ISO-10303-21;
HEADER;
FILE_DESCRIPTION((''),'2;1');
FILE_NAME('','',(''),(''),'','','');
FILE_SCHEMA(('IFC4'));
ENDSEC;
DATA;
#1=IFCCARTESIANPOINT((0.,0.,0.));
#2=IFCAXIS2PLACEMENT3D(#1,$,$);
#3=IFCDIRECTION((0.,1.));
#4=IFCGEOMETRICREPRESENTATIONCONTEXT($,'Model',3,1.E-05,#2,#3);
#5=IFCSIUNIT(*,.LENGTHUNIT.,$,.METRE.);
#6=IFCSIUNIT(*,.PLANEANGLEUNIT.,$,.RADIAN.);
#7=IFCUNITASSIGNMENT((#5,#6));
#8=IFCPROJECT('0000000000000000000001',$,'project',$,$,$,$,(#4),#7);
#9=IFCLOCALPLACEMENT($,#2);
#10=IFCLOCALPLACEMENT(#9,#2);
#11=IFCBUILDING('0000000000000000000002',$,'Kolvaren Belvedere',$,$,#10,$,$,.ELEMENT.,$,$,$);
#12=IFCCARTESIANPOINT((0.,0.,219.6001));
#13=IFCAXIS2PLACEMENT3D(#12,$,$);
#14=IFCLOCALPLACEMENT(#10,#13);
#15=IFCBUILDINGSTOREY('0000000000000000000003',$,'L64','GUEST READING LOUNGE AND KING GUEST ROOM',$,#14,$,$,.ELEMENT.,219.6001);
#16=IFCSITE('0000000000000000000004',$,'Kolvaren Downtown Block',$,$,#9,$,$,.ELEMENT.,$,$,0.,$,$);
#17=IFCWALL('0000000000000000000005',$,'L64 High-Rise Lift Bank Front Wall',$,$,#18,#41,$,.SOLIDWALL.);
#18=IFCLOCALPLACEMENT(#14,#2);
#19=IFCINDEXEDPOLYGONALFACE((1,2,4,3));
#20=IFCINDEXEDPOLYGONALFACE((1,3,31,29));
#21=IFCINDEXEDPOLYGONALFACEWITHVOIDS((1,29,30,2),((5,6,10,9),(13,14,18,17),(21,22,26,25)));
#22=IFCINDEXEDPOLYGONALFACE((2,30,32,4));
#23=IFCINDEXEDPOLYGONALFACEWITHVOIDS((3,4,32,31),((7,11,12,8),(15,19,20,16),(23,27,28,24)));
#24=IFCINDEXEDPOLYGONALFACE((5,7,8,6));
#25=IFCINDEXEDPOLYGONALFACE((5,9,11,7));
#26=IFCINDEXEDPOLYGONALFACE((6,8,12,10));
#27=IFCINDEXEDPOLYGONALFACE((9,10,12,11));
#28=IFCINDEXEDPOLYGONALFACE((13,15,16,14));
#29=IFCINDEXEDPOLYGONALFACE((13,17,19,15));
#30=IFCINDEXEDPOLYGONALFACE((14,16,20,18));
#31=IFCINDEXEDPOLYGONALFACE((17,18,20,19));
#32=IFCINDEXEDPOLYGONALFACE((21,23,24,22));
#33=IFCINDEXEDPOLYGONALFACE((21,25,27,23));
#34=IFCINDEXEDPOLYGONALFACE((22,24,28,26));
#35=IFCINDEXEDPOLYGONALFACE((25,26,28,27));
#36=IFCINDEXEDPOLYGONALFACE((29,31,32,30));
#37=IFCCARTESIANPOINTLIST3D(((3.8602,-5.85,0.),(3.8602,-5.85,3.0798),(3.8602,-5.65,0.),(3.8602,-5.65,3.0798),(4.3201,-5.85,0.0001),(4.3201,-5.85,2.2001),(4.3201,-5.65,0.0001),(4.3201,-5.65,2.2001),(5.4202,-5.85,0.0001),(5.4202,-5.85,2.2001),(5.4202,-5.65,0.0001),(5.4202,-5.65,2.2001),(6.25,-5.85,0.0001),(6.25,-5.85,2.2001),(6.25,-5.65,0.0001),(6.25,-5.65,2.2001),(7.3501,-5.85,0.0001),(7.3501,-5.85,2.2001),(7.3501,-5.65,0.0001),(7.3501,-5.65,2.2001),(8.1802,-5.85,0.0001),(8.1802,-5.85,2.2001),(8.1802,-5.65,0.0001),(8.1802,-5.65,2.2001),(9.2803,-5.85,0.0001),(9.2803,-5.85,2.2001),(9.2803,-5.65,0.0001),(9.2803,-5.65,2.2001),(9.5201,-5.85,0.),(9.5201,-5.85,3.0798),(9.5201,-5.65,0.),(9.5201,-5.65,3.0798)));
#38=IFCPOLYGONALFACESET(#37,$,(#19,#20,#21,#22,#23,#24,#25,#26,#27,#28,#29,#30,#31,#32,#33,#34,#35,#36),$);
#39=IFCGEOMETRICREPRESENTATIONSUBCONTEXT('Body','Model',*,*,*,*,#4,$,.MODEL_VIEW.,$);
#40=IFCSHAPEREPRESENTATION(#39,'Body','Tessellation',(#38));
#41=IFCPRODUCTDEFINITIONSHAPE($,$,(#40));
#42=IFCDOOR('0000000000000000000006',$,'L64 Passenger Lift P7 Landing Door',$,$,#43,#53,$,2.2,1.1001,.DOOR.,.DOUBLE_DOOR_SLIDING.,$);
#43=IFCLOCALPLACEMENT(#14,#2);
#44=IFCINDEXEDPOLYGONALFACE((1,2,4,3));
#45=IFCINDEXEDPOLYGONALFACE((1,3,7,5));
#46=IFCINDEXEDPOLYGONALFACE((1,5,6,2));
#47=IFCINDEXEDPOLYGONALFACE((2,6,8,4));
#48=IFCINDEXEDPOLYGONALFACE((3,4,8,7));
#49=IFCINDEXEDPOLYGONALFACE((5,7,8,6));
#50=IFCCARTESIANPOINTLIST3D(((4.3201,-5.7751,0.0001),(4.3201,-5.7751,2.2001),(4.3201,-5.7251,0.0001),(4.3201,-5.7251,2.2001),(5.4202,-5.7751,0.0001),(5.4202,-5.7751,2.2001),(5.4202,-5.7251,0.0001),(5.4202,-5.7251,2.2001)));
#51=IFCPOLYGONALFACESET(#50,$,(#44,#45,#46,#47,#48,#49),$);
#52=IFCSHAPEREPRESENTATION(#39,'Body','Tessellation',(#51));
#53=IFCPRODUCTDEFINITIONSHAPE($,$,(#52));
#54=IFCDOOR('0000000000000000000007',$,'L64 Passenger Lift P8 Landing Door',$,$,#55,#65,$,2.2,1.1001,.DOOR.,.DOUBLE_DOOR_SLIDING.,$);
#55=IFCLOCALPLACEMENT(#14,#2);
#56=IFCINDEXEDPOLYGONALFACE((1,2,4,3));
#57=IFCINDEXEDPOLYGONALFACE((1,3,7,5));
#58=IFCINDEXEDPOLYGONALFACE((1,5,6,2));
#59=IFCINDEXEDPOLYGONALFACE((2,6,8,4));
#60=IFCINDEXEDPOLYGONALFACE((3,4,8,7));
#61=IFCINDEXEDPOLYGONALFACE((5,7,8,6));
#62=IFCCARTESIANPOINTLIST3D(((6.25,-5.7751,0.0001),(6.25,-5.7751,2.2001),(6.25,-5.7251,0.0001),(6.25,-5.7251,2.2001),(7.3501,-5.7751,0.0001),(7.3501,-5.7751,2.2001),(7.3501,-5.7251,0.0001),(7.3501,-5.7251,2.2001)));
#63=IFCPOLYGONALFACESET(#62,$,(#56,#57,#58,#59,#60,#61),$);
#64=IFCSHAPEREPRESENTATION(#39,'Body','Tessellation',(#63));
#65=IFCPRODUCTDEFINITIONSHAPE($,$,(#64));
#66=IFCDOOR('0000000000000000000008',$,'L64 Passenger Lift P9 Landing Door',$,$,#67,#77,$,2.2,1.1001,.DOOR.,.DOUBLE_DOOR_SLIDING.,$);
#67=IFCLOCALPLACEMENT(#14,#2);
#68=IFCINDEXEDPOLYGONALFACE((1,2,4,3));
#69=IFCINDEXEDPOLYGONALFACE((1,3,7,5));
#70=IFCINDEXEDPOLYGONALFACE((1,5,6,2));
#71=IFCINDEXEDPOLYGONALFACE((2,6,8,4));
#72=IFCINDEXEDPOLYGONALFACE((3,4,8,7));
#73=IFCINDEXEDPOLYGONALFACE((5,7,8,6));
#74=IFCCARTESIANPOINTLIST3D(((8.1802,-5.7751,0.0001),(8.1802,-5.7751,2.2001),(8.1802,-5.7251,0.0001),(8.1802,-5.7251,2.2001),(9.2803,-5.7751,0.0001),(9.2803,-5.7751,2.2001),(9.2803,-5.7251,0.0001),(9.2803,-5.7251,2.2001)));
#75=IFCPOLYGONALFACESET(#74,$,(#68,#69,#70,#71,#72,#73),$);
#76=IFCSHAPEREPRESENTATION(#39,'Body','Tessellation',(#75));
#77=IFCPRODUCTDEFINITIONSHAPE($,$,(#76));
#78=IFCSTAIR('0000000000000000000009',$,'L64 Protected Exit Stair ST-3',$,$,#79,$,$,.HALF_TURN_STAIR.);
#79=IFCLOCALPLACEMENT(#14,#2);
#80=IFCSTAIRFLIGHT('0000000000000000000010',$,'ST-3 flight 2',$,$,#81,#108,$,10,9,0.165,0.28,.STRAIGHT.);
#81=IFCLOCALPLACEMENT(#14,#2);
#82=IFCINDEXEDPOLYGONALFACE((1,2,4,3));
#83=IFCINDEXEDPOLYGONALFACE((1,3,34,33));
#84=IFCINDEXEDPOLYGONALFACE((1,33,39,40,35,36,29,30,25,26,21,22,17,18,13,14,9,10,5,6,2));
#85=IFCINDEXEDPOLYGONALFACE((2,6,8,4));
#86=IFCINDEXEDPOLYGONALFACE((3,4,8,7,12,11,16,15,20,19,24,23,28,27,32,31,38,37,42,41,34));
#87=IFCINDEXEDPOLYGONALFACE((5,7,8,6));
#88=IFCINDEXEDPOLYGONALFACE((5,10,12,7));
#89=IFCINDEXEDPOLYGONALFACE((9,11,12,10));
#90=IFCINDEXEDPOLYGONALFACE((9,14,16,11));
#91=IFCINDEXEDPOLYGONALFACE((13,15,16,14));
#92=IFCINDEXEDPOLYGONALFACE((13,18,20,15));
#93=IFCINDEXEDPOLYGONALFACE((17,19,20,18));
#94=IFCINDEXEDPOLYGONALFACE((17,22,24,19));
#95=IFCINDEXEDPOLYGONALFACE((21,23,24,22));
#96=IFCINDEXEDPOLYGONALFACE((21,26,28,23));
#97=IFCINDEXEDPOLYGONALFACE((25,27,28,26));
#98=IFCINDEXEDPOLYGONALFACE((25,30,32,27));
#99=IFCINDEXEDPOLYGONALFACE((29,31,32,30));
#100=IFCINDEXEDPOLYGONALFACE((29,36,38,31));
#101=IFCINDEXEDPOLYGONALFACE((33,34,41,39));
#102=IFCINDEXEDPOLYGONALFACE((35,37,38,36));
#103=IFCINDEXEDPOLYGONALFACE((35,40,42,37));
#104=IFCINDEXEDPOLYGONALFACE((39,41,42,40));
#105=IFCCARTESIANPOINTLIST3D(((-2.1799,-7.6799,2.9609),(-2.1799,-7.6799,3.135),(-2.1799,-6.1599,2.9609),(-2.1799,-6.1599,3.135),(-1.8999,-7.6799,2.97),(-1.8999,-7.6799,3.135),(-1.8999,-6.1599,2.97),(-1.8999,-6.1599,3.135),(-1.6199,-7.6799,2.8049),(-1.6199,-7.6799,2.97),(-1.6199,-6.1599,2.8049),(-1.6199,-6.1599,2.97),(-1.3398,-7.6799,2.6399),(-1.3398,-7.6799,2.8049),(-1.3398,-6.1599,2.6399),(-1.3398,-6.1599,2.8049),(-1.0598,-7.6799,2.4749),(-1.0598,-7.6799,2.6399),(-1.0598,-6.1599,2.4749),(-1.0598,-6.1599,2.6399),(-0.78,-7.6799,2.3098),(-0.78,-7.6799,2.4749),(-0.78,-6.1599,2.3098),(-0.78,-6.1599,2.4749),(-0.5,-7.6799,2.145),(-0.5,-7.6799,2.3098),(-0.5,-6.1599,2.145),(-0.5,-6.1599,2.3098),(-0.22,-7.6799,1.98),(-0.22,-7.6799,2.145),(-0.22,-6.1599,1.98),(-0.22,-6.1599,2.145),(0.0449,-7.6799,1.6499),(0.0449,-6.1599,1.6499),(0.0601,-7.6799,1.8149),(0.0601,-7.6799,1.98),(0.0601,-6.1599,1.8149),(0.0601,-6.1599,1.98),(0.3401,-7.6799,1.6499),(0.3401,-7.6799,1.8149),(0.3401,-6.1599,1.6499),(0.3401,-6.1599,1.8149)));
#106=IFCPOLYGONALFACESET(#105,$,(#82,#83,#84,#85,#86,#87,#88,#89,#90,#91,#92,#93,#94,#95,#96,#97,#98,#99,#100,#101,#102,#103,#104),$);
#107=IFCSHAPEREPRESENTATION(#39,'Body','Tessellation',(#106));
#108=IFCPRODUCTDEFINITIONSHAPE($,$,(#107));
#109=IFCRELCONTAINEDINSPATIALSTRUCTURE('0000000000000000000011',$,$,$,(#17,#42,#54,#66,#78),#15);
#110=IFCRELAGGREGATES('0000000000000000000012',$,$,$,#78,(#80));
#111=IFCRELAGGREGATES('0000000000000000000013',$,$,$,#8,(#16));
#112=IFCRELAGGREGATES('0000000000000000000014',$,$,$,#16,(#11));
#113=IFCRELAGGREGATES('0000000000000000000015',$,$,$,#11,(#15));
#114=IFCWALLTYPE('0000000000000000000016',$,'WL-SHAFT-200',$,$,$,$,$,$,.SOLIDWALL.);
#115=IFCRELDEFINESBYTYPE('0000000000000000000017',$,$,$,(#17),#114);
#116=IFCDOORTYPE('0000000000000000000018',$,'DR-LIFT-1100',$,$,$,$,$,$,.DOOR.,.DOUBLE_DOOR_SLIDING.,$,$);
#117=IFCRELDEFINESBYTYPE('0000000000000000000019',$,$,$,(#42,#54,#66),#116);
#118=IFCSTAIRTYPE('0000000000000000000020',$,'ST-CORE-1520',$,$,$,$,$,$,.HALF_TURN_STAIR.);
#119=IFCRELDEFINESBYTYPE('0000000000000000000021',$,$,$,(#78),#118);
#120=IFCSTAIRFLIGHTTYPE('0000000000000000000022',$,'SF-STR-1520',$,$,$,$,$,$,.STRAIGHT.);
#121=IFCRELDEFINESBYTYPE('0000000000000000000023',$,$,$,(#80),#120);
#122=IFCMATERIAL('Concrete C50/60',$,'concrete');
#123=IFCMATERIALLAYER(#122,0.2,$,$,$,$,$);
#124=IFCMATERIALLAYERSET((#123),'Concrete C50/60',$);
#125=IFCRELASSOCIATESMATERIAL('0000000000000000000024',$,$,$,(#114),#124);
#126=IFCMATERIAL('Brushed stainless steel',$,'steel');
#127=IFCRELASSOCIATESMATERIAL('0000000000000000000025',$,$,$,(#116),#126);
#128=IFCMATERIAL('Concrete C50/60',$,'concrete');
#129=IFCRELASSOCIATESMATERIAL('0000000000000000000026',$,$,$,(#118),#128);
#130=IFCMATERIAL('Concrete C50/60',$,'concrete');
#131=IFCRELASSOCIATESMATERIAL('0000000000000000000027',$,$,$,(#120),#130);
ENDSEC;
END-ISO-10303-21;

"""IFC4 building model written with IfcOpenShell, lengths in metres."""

from ifc_helpers import new_model, si_unit, direction, frame, frame_2d, origin, place, context, subcontext, project, spatial, polyline, rectangle, outline, extrude, material, layer, layer_set, type_object, element, fill, aggregate, save


model = new_model("IFC4")

# Units and contexts
model_context = context("Model", 3, precision=1e-05, world=origin(), true_north=direction((0.0, 1.0)))
body_context = subcontext(model_context, "Body", "Model", "MODEL_VIEW")
ifc_project = project(units=[si_unit("LENGTHUNIT", "METRE"), si_unit("PLANEANGLEUNIT", "RADIAN")], contexts=[model_context])

# Site, building, storey
site_placement = place(None, origin())
site = spatial("IfcSite", under=ifc_project, at=site_placement, Name="Kolvaren Downtown Block", CompositionType="ELEMENT", RefElevation=0.0)
building_placement = place(site_placement, origin())
building = spatial("IfcBuilding", under=site, at=building_placement, Name="Kolvaren Belvedere", CompositionType="ELEMENT")
storey_placement = place(building_placement, frame((0.0, 0.0, 219.6001)))
storey = spatial("IfcBuildingStorey", under=building, at=storey_placement, Name="L64", Description="GUEST READING LOUNGE AND KING GUEST ROOM", CompositionType="ELEMENT", Elevation=219.6001)

# Shared definitions
ifc_material_1 = material(Name="Concrete C50/60", Category="concrete")
ifc_layer_1 = layer(ifc_material_1, 0.2)
ifc_layer_set_1 = layer_set([ifc_layer_1], Name="Concrete C50/60")
wall_type_1 = type_object("IfcWallType", Name="WL-SHAFT-200", PredefinedType="SOLIDWALL", material=ifc_layer_set_1)
ifc_material_2 = material(Name="Brushed stainless steel", Category="steel")
door_type_1 = type_object("IfcDoorType", Name="DR-LIFT-1100", OperationType="DOUBLE_DOOR_SLIDING", PredefinedType="DOOR", material=ifc_material_2)

# Wall, openings, doors
wall_1_placement = place(storey_placement, frame((3.8601, -5.75, 0.0), z_axis=(0.0, 0.0, 1.0), x_axis=(1.0, 0.0, 0.0)))
wall_1 = element("IfcWall", 1, at=wall_1_placement, inside=storey, type_object=wall_type_1, Name="L64 High-Rise Lift Bank Front Wall", PredefinedType="SOLIDWALL", context=body_context, shape_type="SweptSolid", body=[
    extrude(rectangle(XDim=5.6599, YDim=0.2, at=frame_2d((2.8301, 0.0))), origin(), (0.0, 0.0, 1.0), 3.0798),
])
opening_1_placement = place(wall_1_placement, frame((0.46, 0.0, 0.0)))
opening_1 = element("IfcOpeningElement", 2, at=opening_1_placement, cuts=wall_1, PredefinedType="OPENING", context=body_context, shape_type="SweptSolid", body=[
    extrude(rectangle(XDim=1.1001, YDim=2.2, at=frame_2d((0.55, 1.1001))), frame((0.0, 0.1099, 0.0), z_axis=(0.0, -1.0, 0.0), x_axis=(1.0, 0.0, 0.0)), (0.0, 0.0, 1.0), 0.22),
])
opening_2_placement = place(wall_1_placement, frame((2.3899, 0.0, 0.0)))
opening_2 = element("IfcOpeningElement", 3, at=opening_2_placement, cuts=wall_1, PredefinedType="OPENING", context=body_context, shape_type="SweptSolid", body=[
    extrude(rectangle(XDim=1.1001, YDim=2.2, at=frame_2d((0.55, 1.1001))), frame((0.0, 0.1099, 0.0), z_axis=(0.0, -1.0, 0.0), x_axis=(1.0, 0.0, 0.0)), (0.0, 0.0, 1.0), 0.22),
])
opening_3_placement = place(wall_1_placement, frame((4.3201, 0.0, 0.0)))
opening_3 = element("IfcOpeningElement", 4, at=opening_3_placement, cuts=wall_1, PredefinedType="OPENING", context=body_context, shape_type="SweptSolid", body=[
    extrude(rectangle(XDim=1.1001, YDim=2.2, at=frame_2d((0.55, 1.1001))), frame((0.0, 0.1099, 0.0), z_axis=(0.0, -1.0, 0.0), x_axis=(1.0, 0.0, 0.0)), (0.0, 0.0, 1.0), 0.22),
])
door_1_placement = place(opening_1_placement, origin())
door_1 = element("IfcDoor", 5, at=door_1_placement, inside=storey, type_object=door_type_1, Name="L64 Passenger Lift P7 Landing Door", OperationType="DOUBLE_DOOR_SLIDING", OverallHeight=2.2, OverallWidth=1.1001, PredefinedType="DOOR", context=body_context, shape_type="SweptSolid", body=[
    extrude(rectangle(XDim=1.1001, YDim=2.2, at=frame_2d((0.55, 1.1001))), frame((0.0, 0.0249, 0.0), z_axis=(0.0, -1.0, 0.0), x_axis=(1.0, 0.0, 0.0)), (0.0, 0.0, 1.0), 0.05),
])
fill(opening_1, door_1)
door_2_placement = place(opening_2_placement, origin())
door_2 = element("IfcDoor", 6, at=door_2_placement, inside=storey, type_object=door_type_1, Name="L64 Passenger Lift P8 Landing Door", OperationType="DOUBLE_DOOR_SLIDING", OverallHeight=2.2, OverallWidth=1.1001, PredefinedType="DOOR", context=body_context, shape_type="SweptSolid", body=[
    extrude(rectangle(XDim=1.1001, YDim=2.2, at=frame_2d((0.55, 1.1001))), frame((0.0, 0.0249, 0.0), z_axis=(0.0, -1.0, 0.0), x_axis=(1.0, 0.0, 0.0)), (0.0, 0.0, 1.0), 0.05),
])
fill(opening_2, door_2)
door_3_placement = place(opening_3_placement, origin())
door_3 = element("IfcDoor", 7, at=door_3_placement, inside=storey, type_object=door_type_1, Name="L64 Passenger Lift P9 Landing Door", OperationType="DOUBLE_DOOR_SLIDING", OverallHeight=2.2, OverallWidth=1.1001, PredefinedType="DOOR", context=body_context, shape_type="SweptSolid", body=[
    extrude(rectangle(XDim=1.1001, YDim=2.2, at=frame_2d((0.55, 1.1001))), frame((0.0, 0.0249, 0.0), z_axis=(0.0, -1.0, 0.0), x_axis=(1.0, 0.0, 0.0)), (0.0, 0.0, 1.0), 0.05),
])
fill(opening_3, door_3)

# Stair, stair flight
ifc_material_3 = material(Name="Concrete C50/60", Category="concrete")
stair_type = type_object("IfcStairType", Name="ST-CORE-1520", PredefinedType="HALF_TURN_STAIR", material=ifc_material_3)
stair_placement = place(storey_placement, origin())
stair = element("IfcStair", 8, at=stair_placement, inside=storey, type_object=stair_type, Name="L64 Protected Exit Stair ST-3", PredefinedType="HALF_TURN_STAIR")
ifc_material_4 = material(Name="Concrete C50/60", Category="concrete")
stair_flight_type = type_object("IfcStairFlightType", Name="SF-STR-1520", PredefinedType="STRAIGHT", material=ifc_material_4)
stair_flight_placement = place(storey_placement, frame((0.3401, -6.9199, 1.6499), z_axis=(0.0, 0.0, 1.0), x_axis=(-1.0, 0.0, 0.0)))
stair_flight = element("IfcStairFlight", 9, at=stair_flight_placement, type_object=stair_flight_type, Name="ST-3 flight 2", NumberOfRisers=10, NumberOfTreads=9, PredefinedType="STRAIGHT", RiserHeight=0.165, TreadLength=0.28, context=body_context, shape_type="SweptSolid", body=[
    extrude(outline(polyline([(0.0, 0.0), (0.0, 0.165), (0.28, 0.165), (0.28, 0.3301), (0.5601, 0.3301), (0.5601, 0.4951), (0.8401, 0.4951), (0.8401, 0.6599), (1.1201, 0.6599), (1.1201, 0.825), (1.3999, 0.825), (1.3999, 0.99), (1.6799, 0.99), (1.6799, 1.155), (1.96, 1.155), (1.96, 1.3201), (2.24, 1.3201), (2.24, 1.4851), (2.52, 1.4851), (2.52, 1.6499), (2.52, 1.311), (0.2952, 0.0), (0.0, 0.0)])), frame((0.0, 0.76, 0.0), z_axis=(0.0, -1.0, 0.0), x_axis=(1.0, 0.0, 0.0)), (0.0, 0.0, 1.0), 1.52),
])
aggregate(stair, [stair_flight])

save(model, "model.ifc")
